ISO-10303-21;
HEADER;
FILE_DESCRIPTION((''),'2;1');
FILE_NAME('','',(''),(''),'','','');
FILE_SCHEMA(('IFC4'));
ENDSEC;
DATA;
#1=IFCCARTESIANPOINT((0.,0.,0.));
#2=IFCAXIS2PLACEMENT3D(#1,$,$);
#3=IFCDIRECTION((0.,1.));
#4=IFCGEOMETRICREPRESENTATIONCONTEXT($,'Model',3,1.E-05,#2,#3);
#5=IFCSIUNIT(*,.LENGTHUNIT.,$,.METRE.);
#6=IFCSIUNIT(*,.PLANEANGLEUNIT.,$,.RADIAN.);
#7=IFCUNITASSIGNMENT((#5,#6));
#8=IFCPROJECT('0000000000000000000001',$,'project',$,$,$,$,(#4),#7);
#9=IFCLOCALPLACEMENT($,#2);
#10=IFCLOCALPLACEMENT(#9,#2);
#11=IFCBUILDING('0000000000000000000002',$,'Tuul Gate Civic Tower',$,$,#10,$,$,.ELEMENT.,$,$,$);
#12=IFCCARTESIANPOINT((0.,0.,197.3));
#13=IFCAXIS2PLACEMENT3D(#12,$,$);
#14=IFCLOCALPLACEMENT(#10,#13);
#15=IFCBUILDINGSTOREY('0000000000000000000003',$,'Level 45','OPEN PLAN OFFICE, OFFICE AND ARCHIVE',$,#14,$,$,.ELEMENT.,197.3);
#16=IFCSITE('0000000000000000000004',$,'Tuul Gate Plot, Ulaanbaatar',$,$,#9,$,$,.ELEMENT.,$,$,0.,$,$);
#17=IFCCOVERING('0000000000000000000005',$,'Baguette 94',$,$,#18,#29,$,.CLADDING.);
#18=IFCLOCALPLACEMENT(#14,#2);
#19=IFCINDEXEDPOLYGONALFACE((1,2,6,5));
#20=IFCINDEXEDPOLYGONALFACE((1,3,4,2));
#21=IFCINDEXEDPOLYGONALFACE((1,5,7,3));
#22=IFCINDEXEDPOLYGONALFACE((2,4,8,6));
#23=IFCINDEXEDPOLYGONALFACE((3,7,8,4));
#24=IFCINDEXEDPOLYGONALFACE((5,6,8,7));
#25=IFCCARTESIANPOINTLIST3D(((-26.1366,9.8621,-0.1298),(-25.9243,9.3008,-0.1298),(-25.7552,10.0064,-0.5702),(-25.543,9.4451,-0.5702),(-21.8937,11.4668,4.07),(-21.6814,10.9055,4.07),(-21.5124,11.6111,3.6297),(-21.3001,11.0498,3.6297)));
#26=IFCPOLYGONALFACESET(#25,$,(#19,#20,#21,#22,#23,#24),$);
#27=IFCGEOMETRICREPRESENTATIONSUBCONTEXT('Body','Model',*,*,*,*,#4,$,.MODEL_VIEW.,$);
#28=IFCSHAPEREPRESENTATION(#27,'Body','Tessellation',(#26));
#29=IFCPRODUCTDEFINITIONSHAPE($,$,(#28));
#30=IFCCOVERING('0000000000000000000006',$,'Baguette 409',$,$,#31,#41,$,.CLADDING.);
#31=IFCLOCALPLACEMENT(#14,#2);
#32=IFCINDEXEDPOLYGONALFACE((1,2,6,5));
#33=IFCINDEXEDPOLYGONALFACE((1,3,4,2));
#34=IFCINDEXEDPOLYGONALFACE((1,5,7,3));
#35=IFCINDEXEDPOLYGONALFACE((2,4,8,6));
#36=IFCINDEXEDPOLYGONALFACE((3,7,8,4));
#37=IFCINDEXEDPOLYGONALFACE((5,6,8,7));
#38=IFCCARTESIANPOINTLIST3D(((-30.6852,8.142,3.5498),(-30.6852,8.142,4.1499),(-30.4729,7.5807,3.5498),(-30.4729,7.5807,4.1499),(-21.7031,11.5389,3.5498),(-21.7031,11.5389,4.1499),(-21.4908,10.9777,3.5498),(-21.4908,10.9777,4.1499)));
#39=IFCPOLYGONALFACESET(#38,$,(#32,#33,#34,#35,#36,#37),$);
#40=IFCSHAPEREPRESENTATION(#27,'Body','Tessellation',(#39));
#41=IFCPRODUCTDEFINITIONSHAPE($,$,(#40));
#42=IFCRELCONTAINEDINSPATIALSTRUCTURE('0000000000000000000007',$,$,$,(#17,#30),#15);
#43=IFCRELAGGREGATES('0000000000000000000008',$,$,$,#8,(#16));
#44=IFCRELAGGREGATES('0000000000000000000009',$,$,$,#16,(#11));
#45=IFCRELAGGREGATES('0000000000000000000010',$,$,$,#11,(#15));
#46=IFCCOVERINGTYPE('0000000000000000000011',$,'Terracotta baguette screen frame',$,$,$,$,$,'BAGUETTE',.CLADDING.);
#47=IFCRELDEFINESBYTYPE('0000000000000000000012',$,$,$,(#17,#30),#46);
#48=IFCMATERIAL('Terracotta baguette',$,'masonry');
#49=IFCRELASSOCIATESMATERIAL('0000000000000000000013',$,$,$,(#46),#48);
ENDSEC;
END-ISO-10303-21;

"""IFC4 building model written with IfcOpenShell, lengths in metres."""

from ifc_helpers import new_model, si_unit, direction, frame, origin, origin_2d, place, context, subcontext, project, spatial, rectangle, extrude, material, material_profile, profile_set, type_object, element, save


model = new_model("IFC4")

# Units and contexts
model_context = context("Model", 3, precision=1e-05, world=origin(), true_north=direction((0.0, 1.0)))
body_context = subcontext(model_context, "Body", "Model", "MODEL_VIEW")
ifc_project = project(units=[si_unit("LENGTHUNIT", "METRE"), si_unit("PLANEANGLEUNIT", "RADIAN")], contexts=[model_context])

# Site, building, storey
site_placement = place(None, origin())
site = spatial("IfcSite", under=ifc_project, at=site_placement, Name="Tuul Gate Plot, Ulaanbaatar", CompositionType="ELEMENT", RefElevation=0.0)
building_placement = place(site_placement, origin())
building = spatial("IfcBuilding", under=site, at=building_placement, Name="Tuul Gate Civic Tower", CompositionType="ELEMENT")
storey_placement = place(building_placement, frame((0.0, 0.0, 197.3)))
storey = spatial("IfcBuildingStorey", under=building, at=storey_placement, Name="Level 45", Description="OPEN PLAN OFFICE, OFFICE AND ARCHIVE", CompositionType="ELEMENT", Elevation=197.3)

# Coverings
ifc_material_1 = material(Name="Terracotta baguette", Category="masonry")
ifc_material_profile_1 = material_profile(ifc_material_1, rectangle(XDim=0.6001, YDim=0.6001, at=origin_2d()), Name="Terracotta baguette screen frame")
ifc_profile_set_1 = profile_set([ifc_material_profile_1], Name="Terracotta baguette")
covering_type = type_object("IfcCoveringType", Name="Terracotta baguette screen frame", ElementType="BAGUETTE", PredefinedType="CLADDING", material=ifc_profile_set_1)
covering_1_placement = place(storey_placement, frame((-21.5969, 11.2583, 3.8499), z_axis=(-0.686334, -0.259582, -0.679384), x_axis=(0.353758, -0.935337, 0.0)))
element("IfcCovering", 1, at=covering_1_placement, inside=storey, type_object=covering_type, Name="Baguette 94", PredefinedType="CLADDING", context=body_context, shape_type="SweptSolid", body=[
    extrude(rectangle(XDim=0.6001, YDim=0.6001, at=origin_2d()), origin(), (0.0, 0.0, 1.0), 6.1819),
])
covering_2_placement = place(storey_placement, frame((-21.5969, 11.2583, 3.8499), z_axis=(-0.935344, -0.353738, 0.0), x_axis=(0.353738, -0.935344, 0.0)))
element("IfcCovering", 2, at=covering_2_placement, inside=storey, type_object=covering_type, Name="Baguette 409", PredefinedType="CLADDING", context=body_context, shape_type="SweptSolid", body=[
    extrude(rectangle(XDim=0.6001, YDim=0.6001, at=origin_2d()), origin(), (0.0, 0.0, 1.0), 9.603),
])

save(model, "model.ifc")
